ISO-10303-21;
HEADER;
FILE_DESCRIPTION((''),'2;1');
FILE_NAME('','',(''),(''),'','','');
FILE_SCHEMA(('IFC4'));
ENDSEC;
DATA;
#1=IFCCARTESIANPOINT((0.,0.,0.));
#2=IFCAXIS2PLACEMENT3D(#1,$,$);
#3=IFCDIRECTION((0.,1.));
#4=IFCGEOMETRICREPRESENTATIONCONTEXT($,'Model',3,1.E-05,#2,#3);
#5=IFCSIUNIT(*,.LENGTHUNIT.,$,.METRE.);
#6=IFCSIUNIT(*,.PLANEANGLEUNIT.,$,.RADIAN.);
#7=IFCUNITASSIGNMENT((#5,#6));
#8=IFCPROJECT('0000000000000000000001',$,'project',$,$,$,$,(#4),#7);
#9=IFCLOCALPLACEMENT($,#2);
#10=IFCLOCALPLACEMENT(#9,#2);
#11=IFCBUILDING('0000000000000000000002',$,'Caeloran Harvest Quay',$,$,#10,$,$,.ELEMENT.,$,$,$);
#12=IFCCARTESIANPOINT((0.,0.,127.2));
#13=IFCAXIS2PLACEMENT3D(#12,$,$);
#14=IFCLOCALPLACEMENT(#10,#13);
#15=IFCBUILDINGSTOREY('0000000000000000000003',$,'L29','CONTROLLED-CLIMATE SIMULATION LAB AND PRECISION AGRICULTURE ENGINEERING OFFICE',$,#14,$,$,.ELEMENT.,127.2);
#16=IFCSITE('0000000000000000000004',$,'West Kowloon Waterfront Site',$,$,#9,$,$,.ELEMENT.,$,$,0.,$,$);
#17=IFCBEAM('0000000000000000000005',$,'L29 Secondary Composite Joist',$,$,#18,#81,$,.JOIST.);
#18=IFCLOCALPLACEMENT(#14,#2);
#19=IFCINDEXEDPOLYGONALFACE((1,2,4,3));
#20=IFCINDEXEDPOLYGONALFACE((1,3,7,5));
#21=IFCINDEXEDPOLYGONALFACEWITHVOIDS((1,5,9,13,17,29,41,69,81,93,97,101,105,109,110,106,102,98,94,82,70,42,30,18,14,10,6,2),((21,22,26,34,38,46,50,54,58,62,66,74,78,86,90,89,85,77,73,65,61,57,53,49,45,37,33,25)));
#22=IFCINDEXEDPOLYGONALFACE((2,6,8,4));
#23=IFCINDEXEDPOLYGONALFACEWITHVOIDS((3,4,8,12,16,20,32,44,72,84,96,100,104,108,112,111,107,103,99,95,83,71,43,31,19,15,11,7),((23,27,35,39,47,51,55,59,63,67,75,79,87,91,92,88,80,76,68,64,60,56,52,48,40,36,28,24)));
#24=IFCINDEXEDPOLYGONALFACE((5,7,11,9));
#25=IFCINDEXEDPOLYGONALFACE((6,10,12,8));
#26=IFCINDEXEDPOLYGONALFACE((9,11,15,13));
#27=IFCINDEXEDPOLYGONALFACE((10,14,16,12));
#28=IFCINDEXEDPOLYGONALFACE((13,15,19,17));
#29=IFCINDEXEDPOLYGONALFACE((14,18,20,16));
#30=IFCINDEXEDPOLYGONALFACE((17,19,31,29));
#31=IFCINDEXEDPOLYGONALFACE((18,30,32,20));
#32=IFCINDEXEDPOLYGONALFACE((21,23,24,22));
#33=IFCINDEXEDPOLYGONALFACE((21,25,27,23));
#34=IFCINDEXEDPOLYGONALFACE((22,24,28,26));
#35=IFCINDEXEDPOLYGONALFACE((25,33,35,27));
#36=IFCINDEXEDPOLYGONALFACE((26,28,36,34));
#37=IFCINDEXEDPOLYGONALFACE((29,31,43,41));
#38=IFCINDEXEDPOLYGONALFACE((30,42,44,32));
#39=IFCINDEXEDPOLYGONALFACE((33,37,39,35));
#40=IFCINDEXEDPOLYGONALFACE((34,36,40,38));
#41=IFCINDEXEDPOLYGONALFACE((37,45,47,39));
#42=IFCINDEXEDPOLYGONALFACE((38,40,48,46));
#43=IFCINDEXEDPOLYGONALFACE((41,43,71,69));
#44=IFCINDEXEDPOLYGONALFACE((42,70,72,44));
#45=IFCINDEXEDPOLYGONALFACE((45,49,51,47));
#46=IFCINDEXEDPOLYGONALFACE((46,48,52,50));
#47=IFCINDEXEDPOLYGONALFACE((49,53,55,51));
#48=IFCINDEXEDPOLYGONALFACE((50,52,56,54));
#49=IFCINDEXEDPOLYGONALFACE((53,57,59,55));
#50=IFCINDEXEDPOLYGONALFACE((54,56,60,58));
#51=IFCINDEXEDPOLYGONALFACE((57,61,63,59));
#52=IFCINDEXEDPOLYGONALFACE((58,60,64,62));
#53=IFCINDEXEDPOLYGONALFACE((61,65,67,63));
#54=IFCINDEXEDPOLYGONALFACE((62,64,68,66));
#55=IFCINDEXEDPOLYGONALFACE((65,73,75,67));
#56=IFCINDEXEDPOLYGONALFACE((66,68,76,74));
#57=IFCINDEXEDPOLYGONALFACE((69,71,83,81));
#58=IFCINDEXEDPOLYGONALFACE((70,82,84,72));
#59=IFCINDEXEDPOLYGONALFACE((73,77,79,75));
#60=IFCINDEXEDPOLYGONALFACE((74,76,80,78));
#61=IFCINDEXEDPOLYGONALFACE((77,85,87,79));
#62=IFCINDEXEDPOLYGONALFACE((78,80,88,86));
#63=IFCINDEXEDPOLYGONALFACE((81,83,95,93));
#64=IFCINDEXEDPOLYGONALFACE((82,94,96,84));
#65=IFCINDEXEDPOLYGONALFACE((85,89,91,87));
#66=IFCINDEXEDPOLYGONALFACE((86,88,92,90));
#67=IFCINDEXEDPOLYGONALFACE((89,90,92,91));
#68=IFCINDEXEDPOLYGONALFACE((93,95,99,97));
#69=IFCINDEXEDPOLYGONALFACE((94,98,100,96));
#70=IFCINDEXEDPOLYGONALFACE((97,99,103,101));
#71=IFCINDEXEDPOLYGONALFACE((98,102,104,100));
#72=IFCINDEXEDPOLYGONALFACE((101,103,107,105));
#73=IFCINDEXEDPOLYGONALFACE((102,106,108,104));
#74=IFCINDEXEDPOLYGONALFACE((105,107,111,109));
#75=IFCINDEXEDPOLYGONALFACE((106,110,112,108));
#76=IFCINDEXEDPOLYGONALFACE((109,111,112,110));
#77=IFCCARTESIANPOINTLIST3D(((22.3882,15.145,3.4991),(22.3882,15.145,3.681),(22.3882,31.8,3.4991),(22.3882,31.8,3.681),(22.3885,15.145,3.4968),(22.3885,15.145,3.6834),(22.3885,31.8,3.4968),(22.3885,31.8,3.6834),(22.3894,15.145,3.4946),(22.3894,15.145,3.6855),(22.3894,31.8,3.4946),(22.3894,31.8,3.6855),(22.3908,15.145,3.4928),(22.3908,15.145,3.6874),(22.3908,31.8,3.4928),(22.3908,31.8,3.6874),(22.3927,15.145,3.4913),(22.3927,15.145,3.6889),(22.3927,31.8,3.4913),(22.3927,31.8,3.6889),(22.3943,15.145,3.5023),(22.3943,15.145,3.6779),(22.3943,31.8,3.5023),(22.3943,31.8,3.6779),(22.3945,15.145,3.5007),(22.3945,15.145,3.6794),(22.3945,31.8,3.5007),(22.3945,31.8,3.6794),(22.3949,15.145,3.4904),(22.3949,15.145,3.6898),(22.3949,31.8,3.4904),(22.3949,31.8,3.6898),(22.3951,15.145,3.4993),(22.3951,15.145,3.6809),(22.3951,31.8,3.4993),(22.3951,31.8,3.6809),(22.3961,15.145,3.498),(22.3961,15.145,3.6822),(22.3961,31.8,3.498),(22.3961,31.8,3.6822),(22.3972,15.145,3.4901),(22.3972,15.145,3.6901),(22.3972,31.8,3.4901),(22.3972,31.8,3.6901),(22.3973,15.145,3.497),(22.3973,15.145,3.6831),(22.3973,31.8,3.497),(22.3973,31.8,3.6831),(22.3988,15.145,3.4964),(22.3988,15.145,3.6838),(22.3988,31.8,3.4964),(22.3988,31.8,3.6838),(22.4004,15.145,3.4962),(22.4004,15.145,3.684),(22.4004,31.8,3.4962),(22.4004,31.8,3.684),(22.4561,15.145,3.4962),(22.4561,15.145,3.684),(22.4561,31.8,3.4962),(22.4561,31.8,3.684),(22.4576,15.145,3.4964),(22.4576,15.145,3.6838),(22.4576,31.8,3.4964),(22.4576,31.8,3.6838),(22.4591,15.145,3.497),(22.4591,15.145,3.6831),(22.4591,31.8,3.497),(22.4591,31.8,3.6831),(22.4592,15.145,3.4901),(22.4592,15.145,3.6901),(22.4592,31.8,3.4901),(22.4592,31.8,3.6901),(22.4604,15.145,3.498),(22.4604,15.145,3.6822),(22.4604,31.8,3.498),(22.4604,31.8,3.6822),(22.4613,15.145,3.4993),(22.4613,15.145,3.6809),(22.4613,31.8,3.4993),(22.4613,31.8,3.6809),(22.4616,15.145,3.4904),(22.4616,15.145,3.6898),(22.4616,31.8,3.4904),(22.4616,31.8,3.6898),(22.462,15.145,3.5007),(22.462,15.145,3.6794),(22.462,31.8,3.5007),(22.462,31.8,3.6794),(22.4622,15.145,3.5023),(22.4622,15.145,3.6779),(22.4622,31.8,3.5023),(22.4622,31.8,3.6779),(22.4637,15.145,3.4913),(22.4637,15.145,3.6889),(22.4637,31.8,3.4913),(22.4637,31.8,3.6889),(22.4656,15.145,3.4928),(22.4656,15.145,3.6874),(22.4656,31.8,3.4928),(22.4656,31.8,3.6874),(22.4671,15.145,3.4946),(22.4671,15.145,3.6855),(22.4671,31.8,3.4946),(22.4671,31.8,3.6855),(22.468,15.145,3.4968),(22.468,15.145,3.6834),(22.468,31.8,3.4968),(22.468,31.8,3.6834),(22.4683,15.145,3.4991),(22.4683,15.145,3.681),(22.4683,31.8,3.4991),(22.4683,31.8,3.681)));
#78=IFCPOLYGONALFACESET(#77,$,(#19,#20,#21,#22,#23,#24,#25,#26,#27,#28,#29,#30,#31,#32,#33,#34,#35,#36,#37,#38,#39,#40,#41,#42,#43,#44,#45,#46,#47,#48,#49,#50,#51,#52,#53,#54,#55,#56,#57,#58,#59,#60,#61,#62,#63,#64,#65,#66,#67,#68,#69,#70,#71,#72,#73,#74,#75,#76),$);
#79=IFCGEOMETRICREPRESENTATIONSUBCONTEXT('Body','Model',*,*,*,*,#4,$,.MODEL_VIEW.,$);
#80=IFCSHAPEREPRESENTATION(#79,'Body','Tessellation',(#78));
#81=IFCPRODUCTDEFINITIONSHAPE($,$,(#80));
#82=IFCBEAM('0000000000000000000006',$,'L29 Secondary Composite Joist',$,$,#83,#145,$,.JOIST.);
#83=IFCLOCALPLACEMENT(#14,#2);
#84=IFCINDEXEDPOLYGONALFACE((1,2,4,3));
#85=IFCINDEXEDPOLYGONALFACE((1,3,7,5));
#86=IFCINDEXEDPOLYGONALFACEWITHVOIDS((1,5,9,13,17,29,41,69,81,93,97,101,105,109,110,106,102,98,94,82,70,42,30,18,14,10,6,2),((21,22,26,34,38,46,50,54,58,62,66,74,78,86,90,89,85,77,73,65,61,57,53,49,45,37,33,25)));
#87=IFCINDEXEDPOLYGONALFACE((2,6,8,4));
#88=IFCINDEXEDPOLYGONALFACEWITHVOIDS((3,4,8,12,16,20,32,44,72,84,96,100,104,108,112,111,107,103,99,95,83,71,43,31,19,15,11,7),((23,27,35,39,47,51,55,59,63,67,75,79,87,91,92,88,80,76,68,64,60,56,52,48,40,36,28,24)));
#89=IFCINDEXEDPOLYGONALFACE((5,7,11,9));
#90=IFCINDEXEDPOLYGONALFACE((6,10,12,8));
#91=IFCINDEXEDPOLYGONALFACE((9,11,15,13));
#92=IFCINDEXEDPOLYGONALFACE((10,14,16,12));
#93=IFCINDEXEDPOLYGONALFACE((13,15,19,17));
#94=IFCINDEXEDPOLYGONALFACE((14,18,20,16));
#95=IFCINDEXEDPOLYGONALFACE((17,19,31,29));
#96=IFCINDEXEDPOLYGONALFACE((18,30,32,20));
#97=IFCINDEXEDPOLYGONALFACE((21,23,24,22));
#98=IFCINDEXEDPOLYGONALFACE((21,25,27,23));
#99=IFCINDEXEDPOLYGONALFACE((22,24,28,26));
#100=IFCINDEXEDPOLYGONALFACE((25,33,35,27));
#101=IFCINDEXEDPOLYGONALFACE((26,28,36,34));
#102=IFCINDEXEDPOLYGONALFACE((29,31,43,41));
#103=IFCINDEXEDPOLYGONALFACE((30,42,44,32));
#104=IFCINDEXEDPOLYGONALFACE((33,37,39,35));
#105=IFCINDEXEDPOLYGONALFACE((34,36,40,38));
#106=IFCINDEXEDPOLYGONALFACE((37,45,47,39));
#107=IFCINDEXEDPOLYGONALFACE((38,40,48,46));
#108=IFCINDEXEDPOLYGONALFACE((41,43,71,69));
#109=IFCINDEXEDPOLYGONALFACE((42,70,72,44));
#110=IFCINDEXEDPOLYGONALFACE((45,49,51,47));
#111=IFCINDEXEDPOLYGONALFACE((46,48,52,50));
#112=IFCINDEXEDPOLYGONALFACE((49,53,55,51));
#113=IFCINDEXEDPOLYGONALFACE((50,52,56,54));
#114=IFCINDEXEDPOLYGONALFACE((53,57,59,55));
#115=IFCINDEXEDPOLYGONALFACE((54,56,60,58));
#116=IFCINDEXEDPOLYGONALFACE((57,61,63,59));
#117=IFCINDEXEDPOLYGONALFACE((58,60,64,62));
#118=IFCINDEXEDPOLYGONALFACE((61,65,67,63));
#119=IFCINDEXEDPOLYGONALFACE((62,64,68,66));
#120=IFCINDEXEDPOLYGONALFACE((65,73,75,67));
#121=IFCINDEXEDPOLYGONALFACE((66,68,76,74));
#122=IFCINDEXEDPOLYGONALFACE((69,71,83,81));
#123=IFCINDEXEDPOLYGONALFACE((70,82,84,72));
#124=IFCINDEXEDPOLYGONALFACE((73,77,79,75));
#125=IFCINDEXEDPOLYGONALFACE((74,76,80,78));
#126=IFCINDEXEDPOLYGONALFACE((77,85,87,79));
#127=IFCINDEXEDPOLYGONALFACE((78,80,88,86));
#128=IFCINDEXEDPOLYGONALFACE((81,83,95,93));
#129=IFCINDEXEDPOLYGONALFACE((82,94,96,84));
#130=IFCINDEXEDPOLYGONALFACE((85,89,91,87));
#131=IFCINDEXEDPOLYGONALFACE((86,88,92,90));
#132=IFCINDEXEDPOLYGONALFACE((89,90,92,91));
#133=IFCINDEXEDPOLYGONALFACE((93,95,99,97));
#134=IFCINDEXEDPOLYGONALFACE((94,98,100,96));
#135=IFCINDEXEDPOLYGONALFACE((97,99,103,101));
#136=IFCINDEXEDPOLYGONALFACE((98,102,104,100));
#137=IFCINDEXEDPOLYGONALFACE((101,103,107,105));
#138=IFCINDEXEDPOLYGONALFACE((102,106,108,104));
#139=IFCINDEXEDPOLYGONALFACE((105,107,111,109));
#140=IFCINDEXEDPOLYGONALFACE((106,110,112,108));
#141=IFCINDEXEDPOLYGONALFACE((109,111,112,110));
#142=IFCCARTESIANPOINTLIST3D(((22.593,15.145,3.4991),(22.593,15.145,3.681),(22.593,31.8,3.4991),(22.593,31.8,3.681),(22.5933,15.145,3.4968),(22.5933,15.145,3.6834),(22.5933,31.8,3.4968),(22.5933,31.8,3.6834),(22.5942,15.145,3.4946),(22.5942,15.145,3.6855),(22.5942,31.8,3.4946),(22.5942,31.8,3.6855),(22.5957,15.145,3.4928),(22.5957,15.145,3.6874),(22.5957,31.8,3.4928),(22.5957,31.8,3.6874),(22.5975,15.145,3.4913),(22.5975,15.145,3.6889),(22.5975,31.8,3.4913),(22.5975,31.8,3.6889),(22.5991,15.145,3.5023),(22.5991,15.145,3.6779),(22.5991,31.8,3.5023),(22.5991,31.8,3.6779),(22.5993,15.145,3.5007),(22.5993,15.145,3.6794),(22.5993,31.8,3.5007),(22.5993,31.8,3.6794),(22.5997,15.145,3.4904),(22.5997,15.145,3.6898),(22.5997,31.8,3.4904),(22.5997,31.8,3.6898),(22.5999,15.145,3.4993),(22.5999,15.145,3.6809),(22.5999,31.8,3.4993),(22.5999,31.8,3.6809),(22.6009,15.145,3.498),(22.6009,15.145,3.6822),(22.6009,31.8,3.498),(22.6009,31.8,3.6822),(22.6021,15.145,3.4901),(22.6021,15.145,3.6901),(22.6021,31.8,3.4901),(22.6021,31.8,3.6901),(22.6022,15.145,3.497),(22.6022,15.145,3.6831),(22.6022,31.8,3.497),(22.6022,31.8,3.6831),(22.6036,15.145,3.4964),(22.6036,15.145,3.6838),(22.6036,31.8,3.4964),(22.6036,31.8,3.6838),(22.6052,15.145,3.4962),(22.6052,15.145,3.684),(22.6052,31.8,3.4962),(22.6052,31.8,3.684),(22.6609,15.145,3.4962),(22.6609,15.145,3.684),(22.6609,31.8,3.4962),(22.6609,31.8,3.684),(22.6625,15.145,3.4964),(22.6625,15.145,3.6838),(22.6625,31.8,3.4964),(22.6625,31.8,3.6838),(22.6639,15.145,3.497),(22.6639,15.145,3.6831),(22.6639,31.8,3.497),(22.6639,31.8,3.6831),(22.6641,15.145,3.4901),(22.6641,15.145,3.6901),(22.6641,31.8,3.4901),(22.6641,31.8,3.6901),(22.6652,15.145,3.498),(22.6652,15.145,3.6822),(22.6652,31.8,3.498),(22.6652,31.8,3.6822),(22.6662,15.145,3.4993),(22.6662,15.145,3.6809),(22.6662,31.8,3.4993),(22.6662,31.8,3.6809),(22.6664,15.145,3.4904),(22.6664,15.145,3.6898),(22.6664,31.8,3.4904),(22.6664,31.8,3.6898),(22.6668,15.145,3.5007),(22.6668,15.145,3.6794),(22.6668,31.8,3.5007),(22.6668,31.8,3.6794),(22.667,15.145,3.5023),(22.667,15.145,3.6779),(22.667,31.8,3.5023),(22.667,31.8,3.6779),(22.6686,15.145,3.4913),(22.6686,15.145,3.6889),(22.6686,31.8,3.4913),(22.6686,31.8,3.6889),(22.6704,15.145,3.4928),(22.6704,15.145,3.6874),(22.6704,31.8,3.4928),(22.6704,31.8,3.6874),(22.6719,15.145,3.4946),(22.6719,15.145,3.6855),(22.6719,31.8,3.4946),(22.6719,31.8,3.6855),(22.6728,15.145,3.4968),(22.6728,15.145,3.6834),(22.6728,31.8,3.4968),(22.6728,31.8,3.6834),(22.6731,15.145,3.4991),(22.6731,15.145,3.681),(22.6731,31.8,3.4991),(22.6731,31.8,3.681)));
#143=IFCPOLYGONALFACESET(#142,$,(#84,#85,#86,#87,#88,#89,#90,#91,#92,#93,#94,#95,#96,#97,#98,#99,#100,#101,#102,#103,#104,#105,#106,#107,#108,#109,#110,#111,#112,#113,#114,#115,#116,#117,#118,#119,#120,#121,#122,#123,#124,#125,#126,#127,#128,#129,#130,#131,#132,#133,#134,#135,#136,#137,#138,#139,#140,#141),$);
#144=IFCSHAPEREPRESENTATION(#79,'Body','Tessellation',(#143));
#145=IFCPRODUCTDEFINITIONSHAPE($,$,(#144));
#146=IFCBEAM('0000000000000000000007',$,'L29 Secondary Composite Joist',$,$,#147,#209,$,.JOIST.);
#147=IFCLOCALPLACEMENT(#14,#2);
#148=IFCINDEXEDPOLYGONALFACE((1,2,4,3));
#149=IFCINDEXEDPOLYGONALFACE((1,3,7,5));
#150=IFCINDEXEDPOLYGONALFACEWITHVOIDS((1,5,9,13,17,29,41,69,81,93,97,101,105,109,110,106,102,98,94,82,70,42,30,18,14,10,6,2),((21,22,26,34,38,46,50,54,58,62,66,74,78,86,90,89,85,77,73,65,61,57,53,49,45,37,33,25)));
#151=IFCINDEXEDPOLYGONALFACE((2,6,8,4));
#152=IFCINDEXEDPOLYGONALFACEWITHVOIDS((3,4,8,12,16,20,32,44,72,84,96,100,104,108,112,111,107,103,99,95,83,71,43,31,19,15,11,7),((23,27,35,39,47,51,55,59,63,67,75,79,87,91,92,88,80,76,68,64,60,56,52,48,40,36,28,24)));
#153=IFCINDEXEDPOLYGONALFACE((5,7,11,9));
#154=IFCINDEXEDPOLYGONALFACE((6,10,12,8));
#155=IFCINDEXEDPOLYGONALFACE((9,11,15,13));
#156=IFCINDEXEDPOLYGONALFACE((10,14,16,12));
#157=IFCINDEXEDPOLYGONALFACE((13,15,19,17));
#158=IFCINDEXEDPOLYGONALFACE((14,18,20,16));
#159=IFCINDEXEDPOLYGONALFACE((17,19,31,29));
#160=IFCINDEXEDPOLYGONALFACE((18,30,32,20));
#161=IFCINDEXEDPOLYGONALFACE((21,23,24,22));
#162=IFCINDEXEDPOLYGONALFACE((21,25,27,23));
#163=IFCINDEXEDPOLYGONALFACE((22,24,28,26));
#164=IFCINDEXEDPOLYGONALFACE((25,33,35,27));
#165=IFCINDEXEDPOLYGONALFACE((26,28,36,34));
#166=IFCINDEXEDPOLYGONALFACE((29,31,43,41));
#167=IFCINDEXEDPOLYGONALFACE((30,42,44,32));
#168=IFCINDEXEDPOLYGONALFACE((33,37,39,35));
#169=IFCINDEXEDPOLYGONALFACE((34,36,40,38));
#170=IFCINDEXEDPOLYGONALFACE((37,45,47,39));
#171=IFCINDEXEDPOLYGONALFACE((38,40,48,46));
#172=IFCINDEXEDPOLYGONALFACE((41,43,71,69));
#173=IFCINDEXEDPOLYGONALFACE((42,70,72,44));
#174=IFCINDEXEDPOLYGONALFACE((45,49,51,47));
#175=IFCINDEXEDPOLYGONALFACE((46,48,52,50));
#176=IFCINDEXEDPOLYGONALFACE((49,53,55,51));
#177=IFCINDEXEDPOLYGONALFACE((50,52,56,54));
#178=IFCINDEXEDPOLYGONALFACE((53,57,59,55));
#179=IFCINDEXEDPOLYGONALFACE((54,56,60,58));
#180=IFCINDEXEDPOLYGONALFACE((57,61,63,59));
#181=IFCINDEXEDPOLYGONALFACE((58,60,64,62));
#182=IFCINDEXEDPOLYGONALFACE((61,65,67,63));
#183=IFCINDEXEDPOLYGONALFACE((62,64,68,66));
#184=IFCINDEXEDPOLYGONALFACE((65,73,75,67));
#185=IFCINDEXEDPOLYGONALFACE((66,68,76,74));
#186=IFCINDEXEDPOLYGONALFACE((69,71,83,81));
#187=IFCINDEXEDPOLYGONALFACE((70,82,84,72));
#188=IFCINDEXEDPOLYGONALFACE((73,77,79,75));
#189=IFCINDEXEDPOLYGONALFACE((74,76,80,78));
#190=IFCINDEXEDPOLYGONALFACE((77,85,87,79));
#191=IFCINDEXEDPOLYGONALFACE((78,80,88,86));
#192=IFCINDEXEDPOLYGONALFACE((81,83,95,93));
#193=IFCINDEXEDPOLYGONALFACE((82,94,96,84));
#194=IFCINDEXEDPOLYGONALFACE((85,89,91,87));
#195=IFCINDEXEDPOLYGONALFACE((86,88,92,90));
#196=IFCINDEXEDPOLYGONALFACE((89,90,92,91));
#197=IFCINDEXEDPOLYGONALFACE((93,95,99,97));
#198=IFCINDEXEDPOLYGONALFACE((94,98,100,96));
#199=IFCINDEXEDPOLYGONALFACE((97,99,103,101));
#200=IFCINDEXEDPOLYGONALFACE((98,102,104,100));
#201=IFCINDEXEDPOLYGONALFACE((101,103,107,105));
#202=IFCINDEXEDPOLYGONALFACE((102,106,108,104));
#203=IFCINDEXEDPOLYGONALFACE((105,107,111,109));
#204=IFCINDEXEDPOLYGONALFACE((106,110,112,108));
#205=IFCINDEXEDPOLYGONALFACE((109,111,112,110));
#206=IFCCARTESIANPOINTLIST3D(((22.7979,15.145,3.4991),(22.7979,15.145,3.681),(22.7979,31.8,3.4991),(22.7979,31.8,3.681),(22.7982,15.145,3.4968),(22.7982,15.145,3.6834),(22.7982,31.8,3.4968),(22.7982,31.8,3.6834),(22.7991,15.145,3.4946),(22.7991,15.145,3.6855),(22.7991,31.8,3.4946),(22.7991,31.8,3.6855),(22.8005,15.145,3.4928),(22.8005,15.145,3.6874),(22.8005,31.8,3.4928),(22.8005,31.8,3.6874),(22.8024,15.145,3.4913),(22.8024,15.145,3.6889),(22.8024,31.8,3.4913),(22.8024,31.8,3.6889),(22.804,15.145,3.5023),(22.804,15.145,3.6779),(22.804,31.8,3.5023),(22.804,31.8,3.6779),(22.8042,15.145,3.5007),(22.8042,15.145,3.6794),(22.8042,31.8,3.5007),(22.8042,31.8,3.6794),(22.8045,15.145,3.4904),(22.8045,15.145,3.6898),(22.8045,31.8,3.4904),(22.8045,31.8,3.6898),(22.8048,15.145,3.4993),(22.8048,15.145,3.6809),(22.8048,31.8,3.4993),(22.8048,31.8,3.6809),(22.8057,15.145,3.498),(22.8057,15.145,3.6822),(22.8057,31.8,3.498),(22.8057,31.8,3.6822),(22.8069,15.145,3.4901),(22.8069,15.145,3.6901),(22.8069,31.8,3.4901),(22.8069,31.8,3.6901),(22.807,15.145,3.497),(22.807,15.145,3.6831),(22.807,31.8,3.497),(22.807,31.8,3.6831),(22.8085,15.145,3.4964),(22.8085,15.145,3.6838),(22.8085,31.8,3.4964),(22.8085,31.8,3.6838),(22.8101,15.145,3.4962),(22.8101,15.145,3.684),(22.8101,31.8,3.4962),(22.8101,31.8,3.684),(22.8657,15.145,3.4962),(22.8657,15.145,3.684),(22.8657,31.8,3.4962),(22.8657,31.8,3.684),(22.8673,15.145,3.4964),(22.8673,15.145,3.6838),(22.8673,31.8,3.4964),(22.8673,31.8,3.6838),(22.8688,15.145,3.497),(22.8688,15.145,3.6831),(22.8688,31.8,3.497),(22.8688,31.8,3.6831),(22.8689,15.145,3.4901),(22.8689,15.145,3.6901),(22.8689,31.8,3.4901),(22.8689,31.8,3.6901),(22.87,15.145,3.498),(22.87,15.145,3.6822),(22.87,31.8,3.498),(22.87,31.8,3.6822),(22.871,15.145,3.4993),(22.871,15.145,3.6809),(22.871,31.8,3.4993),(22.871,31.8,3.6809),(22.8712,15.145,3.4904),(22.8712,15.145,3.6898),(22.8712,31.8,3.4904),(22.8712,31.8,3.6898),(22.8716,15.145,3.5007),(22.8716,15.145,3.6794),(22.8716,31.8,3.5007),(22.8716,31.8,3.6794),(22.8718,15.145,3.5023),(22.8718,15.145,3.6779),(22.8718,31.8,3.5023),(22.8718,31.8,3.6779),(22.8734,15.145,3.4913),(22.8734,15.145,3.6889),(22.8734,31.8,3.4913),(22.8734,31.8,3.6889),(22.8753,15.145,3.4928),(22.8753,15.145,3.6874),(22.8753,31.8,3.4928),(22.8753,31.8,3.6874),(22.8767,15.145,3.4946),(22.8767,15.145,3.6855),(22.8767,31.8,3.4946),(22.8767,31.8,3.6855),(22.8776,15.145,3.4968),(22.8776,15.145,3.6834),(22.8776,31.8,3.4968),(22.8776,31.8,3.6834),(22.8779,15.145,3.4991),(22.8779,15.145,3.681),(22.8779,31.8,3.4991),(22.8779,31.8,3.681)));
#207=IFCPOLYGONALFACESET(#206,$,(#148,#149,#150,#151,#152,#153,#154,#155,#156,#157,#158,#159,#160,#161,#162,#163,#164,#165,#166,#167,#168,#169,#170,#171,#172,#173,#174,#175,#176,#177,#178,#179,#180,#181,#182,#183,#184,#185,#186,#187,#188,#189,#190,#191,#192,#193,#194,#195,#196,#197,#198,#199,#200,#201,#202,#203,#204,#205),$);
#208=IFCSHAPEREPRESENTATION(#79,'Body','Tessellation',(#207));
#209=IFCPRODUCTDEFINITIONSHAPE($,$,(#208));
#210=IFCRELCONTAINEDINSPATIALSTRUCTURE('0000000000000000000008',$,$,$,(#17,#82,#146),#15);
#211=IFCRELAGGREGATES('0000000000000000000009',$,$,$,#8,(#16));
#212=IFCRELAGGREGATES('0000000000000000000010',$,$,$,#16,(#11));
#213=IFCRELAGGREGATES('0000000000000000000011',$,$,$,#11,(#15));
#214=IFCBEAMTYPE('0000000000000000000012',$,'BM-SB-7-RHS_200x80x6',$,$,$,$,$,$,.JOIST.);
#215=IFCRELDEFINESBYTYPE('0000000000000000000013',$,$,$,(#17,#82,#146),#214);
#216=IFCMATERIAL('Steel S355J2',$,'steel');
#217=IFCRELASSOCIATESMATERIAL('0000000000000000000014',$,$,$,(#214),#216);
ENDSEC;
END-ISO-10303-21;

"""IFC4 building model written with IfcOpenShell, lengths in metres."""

from ifc_helpers import new_model, si_unit, direction, frame, origin, origin_2d, place, context, subcontext, project, spatial, hollow_rectangle, extrude, material, material_profile, profile_set, type_object, element, save


model = new_model("IFC4")

# Units and contexts
model_context = context("Model", 3, precision=1e-05, world=origin(), true_north=direction((0.0, 1.0)))
body_context = subcontext(model_context, "Body", "Model", "MODEL_VIEW")
ifc_project = project(units=[si_unit("LENGTHUNIT", "METRE"), si_unit("PLANEANGLEUNIT", "RADIAN")], contexts=[model_context])

# Site, building, storey
site_placement = place(None, origin())
site = spatial("IfcSite", under=ifc_project, at=site_placement, Name="West Kowloon Waterfront Site", CompositionType="ELEMENT", RefElevation=0.0)
building_placement = place(site_placement, origin())
building = spatial("IfcBuilding", under=site, at=building_placement, Name="Caeloran Harvest Quay", CompositionType="ELEMENT")
storey_placement = place(building_placement, frame((0.0, 0.0, 127.2)))
storey = spatial("IfcBuildingStorey", under=building, at=storey_placement, Name="L29", Description="CONTROLLED-CLIMATE SIMULATION LAB AND PRECISION AGRICULTURE ENGINEERING OFFICE", CompositionType="ELEMENT", Elevation=127.2)

# Beams
ifc_material_1 = material(Name="Steel S355J2", Category="steel")
ifc_material_profile_1 = material_profile(ifc_material_1, hollow_rectangle(XDim=0.0801, YDim=0.2, WallThickness=0.0061, InnerFilletRadius=0.0061, OuterFilletRadius=0.009, at=origin_2d()), Name="RHS 200x80x6")
ifc_profile_set_1 = profile_set([ifc_material_profile_1], Name="Steel S355J2")
beam_type_1 = type_object("IfcBeamType", Name="BM-SB-7-RHS_200x80x6", PredefinedType="JOIST", material=ifc_profile_set_1)
for number, where, z_axis, x_axis, name in (
    (1, (22.4282, 15.145, 3.5901), (0.0, 1.0, 0.0), (-1.0, 0.0, 0.0), "L29 Secondary Composite Joist"),
    (2, (22.6331, 15.145, 3.5901), (0.0, 1.0, 0.0), (-1.0, 0.0, 0.0), "L29 Secondary Composite Joist"),
    (3, (22.8379, 15.145, 3.5901), (0.0, 1.0, 0.0), (-1.0, 0.0, 0.0), "L29 Secondary Composite Joist"),
):
    element("IfcBeam", number, at=place(storey_placement, frame(where, z_axis=z_axis, x_axis=x_axis)), inside=storey, type_object=beam_type_1, Name=name, PredefinedType="JOIST", context=body_context, shape_type="SweptSolid", body=[
        extrude(hollow_rectangle(XDim=0.0801, YDim=0.2, WallThickness=0.0061, InnerFilletRadius=0.0061, OuterFilletRadius=0.009, at=origin_2d()), origin(), (0.0, 0.0, 1.0), 16.655),
    ])

save(model, "model.ifc")
